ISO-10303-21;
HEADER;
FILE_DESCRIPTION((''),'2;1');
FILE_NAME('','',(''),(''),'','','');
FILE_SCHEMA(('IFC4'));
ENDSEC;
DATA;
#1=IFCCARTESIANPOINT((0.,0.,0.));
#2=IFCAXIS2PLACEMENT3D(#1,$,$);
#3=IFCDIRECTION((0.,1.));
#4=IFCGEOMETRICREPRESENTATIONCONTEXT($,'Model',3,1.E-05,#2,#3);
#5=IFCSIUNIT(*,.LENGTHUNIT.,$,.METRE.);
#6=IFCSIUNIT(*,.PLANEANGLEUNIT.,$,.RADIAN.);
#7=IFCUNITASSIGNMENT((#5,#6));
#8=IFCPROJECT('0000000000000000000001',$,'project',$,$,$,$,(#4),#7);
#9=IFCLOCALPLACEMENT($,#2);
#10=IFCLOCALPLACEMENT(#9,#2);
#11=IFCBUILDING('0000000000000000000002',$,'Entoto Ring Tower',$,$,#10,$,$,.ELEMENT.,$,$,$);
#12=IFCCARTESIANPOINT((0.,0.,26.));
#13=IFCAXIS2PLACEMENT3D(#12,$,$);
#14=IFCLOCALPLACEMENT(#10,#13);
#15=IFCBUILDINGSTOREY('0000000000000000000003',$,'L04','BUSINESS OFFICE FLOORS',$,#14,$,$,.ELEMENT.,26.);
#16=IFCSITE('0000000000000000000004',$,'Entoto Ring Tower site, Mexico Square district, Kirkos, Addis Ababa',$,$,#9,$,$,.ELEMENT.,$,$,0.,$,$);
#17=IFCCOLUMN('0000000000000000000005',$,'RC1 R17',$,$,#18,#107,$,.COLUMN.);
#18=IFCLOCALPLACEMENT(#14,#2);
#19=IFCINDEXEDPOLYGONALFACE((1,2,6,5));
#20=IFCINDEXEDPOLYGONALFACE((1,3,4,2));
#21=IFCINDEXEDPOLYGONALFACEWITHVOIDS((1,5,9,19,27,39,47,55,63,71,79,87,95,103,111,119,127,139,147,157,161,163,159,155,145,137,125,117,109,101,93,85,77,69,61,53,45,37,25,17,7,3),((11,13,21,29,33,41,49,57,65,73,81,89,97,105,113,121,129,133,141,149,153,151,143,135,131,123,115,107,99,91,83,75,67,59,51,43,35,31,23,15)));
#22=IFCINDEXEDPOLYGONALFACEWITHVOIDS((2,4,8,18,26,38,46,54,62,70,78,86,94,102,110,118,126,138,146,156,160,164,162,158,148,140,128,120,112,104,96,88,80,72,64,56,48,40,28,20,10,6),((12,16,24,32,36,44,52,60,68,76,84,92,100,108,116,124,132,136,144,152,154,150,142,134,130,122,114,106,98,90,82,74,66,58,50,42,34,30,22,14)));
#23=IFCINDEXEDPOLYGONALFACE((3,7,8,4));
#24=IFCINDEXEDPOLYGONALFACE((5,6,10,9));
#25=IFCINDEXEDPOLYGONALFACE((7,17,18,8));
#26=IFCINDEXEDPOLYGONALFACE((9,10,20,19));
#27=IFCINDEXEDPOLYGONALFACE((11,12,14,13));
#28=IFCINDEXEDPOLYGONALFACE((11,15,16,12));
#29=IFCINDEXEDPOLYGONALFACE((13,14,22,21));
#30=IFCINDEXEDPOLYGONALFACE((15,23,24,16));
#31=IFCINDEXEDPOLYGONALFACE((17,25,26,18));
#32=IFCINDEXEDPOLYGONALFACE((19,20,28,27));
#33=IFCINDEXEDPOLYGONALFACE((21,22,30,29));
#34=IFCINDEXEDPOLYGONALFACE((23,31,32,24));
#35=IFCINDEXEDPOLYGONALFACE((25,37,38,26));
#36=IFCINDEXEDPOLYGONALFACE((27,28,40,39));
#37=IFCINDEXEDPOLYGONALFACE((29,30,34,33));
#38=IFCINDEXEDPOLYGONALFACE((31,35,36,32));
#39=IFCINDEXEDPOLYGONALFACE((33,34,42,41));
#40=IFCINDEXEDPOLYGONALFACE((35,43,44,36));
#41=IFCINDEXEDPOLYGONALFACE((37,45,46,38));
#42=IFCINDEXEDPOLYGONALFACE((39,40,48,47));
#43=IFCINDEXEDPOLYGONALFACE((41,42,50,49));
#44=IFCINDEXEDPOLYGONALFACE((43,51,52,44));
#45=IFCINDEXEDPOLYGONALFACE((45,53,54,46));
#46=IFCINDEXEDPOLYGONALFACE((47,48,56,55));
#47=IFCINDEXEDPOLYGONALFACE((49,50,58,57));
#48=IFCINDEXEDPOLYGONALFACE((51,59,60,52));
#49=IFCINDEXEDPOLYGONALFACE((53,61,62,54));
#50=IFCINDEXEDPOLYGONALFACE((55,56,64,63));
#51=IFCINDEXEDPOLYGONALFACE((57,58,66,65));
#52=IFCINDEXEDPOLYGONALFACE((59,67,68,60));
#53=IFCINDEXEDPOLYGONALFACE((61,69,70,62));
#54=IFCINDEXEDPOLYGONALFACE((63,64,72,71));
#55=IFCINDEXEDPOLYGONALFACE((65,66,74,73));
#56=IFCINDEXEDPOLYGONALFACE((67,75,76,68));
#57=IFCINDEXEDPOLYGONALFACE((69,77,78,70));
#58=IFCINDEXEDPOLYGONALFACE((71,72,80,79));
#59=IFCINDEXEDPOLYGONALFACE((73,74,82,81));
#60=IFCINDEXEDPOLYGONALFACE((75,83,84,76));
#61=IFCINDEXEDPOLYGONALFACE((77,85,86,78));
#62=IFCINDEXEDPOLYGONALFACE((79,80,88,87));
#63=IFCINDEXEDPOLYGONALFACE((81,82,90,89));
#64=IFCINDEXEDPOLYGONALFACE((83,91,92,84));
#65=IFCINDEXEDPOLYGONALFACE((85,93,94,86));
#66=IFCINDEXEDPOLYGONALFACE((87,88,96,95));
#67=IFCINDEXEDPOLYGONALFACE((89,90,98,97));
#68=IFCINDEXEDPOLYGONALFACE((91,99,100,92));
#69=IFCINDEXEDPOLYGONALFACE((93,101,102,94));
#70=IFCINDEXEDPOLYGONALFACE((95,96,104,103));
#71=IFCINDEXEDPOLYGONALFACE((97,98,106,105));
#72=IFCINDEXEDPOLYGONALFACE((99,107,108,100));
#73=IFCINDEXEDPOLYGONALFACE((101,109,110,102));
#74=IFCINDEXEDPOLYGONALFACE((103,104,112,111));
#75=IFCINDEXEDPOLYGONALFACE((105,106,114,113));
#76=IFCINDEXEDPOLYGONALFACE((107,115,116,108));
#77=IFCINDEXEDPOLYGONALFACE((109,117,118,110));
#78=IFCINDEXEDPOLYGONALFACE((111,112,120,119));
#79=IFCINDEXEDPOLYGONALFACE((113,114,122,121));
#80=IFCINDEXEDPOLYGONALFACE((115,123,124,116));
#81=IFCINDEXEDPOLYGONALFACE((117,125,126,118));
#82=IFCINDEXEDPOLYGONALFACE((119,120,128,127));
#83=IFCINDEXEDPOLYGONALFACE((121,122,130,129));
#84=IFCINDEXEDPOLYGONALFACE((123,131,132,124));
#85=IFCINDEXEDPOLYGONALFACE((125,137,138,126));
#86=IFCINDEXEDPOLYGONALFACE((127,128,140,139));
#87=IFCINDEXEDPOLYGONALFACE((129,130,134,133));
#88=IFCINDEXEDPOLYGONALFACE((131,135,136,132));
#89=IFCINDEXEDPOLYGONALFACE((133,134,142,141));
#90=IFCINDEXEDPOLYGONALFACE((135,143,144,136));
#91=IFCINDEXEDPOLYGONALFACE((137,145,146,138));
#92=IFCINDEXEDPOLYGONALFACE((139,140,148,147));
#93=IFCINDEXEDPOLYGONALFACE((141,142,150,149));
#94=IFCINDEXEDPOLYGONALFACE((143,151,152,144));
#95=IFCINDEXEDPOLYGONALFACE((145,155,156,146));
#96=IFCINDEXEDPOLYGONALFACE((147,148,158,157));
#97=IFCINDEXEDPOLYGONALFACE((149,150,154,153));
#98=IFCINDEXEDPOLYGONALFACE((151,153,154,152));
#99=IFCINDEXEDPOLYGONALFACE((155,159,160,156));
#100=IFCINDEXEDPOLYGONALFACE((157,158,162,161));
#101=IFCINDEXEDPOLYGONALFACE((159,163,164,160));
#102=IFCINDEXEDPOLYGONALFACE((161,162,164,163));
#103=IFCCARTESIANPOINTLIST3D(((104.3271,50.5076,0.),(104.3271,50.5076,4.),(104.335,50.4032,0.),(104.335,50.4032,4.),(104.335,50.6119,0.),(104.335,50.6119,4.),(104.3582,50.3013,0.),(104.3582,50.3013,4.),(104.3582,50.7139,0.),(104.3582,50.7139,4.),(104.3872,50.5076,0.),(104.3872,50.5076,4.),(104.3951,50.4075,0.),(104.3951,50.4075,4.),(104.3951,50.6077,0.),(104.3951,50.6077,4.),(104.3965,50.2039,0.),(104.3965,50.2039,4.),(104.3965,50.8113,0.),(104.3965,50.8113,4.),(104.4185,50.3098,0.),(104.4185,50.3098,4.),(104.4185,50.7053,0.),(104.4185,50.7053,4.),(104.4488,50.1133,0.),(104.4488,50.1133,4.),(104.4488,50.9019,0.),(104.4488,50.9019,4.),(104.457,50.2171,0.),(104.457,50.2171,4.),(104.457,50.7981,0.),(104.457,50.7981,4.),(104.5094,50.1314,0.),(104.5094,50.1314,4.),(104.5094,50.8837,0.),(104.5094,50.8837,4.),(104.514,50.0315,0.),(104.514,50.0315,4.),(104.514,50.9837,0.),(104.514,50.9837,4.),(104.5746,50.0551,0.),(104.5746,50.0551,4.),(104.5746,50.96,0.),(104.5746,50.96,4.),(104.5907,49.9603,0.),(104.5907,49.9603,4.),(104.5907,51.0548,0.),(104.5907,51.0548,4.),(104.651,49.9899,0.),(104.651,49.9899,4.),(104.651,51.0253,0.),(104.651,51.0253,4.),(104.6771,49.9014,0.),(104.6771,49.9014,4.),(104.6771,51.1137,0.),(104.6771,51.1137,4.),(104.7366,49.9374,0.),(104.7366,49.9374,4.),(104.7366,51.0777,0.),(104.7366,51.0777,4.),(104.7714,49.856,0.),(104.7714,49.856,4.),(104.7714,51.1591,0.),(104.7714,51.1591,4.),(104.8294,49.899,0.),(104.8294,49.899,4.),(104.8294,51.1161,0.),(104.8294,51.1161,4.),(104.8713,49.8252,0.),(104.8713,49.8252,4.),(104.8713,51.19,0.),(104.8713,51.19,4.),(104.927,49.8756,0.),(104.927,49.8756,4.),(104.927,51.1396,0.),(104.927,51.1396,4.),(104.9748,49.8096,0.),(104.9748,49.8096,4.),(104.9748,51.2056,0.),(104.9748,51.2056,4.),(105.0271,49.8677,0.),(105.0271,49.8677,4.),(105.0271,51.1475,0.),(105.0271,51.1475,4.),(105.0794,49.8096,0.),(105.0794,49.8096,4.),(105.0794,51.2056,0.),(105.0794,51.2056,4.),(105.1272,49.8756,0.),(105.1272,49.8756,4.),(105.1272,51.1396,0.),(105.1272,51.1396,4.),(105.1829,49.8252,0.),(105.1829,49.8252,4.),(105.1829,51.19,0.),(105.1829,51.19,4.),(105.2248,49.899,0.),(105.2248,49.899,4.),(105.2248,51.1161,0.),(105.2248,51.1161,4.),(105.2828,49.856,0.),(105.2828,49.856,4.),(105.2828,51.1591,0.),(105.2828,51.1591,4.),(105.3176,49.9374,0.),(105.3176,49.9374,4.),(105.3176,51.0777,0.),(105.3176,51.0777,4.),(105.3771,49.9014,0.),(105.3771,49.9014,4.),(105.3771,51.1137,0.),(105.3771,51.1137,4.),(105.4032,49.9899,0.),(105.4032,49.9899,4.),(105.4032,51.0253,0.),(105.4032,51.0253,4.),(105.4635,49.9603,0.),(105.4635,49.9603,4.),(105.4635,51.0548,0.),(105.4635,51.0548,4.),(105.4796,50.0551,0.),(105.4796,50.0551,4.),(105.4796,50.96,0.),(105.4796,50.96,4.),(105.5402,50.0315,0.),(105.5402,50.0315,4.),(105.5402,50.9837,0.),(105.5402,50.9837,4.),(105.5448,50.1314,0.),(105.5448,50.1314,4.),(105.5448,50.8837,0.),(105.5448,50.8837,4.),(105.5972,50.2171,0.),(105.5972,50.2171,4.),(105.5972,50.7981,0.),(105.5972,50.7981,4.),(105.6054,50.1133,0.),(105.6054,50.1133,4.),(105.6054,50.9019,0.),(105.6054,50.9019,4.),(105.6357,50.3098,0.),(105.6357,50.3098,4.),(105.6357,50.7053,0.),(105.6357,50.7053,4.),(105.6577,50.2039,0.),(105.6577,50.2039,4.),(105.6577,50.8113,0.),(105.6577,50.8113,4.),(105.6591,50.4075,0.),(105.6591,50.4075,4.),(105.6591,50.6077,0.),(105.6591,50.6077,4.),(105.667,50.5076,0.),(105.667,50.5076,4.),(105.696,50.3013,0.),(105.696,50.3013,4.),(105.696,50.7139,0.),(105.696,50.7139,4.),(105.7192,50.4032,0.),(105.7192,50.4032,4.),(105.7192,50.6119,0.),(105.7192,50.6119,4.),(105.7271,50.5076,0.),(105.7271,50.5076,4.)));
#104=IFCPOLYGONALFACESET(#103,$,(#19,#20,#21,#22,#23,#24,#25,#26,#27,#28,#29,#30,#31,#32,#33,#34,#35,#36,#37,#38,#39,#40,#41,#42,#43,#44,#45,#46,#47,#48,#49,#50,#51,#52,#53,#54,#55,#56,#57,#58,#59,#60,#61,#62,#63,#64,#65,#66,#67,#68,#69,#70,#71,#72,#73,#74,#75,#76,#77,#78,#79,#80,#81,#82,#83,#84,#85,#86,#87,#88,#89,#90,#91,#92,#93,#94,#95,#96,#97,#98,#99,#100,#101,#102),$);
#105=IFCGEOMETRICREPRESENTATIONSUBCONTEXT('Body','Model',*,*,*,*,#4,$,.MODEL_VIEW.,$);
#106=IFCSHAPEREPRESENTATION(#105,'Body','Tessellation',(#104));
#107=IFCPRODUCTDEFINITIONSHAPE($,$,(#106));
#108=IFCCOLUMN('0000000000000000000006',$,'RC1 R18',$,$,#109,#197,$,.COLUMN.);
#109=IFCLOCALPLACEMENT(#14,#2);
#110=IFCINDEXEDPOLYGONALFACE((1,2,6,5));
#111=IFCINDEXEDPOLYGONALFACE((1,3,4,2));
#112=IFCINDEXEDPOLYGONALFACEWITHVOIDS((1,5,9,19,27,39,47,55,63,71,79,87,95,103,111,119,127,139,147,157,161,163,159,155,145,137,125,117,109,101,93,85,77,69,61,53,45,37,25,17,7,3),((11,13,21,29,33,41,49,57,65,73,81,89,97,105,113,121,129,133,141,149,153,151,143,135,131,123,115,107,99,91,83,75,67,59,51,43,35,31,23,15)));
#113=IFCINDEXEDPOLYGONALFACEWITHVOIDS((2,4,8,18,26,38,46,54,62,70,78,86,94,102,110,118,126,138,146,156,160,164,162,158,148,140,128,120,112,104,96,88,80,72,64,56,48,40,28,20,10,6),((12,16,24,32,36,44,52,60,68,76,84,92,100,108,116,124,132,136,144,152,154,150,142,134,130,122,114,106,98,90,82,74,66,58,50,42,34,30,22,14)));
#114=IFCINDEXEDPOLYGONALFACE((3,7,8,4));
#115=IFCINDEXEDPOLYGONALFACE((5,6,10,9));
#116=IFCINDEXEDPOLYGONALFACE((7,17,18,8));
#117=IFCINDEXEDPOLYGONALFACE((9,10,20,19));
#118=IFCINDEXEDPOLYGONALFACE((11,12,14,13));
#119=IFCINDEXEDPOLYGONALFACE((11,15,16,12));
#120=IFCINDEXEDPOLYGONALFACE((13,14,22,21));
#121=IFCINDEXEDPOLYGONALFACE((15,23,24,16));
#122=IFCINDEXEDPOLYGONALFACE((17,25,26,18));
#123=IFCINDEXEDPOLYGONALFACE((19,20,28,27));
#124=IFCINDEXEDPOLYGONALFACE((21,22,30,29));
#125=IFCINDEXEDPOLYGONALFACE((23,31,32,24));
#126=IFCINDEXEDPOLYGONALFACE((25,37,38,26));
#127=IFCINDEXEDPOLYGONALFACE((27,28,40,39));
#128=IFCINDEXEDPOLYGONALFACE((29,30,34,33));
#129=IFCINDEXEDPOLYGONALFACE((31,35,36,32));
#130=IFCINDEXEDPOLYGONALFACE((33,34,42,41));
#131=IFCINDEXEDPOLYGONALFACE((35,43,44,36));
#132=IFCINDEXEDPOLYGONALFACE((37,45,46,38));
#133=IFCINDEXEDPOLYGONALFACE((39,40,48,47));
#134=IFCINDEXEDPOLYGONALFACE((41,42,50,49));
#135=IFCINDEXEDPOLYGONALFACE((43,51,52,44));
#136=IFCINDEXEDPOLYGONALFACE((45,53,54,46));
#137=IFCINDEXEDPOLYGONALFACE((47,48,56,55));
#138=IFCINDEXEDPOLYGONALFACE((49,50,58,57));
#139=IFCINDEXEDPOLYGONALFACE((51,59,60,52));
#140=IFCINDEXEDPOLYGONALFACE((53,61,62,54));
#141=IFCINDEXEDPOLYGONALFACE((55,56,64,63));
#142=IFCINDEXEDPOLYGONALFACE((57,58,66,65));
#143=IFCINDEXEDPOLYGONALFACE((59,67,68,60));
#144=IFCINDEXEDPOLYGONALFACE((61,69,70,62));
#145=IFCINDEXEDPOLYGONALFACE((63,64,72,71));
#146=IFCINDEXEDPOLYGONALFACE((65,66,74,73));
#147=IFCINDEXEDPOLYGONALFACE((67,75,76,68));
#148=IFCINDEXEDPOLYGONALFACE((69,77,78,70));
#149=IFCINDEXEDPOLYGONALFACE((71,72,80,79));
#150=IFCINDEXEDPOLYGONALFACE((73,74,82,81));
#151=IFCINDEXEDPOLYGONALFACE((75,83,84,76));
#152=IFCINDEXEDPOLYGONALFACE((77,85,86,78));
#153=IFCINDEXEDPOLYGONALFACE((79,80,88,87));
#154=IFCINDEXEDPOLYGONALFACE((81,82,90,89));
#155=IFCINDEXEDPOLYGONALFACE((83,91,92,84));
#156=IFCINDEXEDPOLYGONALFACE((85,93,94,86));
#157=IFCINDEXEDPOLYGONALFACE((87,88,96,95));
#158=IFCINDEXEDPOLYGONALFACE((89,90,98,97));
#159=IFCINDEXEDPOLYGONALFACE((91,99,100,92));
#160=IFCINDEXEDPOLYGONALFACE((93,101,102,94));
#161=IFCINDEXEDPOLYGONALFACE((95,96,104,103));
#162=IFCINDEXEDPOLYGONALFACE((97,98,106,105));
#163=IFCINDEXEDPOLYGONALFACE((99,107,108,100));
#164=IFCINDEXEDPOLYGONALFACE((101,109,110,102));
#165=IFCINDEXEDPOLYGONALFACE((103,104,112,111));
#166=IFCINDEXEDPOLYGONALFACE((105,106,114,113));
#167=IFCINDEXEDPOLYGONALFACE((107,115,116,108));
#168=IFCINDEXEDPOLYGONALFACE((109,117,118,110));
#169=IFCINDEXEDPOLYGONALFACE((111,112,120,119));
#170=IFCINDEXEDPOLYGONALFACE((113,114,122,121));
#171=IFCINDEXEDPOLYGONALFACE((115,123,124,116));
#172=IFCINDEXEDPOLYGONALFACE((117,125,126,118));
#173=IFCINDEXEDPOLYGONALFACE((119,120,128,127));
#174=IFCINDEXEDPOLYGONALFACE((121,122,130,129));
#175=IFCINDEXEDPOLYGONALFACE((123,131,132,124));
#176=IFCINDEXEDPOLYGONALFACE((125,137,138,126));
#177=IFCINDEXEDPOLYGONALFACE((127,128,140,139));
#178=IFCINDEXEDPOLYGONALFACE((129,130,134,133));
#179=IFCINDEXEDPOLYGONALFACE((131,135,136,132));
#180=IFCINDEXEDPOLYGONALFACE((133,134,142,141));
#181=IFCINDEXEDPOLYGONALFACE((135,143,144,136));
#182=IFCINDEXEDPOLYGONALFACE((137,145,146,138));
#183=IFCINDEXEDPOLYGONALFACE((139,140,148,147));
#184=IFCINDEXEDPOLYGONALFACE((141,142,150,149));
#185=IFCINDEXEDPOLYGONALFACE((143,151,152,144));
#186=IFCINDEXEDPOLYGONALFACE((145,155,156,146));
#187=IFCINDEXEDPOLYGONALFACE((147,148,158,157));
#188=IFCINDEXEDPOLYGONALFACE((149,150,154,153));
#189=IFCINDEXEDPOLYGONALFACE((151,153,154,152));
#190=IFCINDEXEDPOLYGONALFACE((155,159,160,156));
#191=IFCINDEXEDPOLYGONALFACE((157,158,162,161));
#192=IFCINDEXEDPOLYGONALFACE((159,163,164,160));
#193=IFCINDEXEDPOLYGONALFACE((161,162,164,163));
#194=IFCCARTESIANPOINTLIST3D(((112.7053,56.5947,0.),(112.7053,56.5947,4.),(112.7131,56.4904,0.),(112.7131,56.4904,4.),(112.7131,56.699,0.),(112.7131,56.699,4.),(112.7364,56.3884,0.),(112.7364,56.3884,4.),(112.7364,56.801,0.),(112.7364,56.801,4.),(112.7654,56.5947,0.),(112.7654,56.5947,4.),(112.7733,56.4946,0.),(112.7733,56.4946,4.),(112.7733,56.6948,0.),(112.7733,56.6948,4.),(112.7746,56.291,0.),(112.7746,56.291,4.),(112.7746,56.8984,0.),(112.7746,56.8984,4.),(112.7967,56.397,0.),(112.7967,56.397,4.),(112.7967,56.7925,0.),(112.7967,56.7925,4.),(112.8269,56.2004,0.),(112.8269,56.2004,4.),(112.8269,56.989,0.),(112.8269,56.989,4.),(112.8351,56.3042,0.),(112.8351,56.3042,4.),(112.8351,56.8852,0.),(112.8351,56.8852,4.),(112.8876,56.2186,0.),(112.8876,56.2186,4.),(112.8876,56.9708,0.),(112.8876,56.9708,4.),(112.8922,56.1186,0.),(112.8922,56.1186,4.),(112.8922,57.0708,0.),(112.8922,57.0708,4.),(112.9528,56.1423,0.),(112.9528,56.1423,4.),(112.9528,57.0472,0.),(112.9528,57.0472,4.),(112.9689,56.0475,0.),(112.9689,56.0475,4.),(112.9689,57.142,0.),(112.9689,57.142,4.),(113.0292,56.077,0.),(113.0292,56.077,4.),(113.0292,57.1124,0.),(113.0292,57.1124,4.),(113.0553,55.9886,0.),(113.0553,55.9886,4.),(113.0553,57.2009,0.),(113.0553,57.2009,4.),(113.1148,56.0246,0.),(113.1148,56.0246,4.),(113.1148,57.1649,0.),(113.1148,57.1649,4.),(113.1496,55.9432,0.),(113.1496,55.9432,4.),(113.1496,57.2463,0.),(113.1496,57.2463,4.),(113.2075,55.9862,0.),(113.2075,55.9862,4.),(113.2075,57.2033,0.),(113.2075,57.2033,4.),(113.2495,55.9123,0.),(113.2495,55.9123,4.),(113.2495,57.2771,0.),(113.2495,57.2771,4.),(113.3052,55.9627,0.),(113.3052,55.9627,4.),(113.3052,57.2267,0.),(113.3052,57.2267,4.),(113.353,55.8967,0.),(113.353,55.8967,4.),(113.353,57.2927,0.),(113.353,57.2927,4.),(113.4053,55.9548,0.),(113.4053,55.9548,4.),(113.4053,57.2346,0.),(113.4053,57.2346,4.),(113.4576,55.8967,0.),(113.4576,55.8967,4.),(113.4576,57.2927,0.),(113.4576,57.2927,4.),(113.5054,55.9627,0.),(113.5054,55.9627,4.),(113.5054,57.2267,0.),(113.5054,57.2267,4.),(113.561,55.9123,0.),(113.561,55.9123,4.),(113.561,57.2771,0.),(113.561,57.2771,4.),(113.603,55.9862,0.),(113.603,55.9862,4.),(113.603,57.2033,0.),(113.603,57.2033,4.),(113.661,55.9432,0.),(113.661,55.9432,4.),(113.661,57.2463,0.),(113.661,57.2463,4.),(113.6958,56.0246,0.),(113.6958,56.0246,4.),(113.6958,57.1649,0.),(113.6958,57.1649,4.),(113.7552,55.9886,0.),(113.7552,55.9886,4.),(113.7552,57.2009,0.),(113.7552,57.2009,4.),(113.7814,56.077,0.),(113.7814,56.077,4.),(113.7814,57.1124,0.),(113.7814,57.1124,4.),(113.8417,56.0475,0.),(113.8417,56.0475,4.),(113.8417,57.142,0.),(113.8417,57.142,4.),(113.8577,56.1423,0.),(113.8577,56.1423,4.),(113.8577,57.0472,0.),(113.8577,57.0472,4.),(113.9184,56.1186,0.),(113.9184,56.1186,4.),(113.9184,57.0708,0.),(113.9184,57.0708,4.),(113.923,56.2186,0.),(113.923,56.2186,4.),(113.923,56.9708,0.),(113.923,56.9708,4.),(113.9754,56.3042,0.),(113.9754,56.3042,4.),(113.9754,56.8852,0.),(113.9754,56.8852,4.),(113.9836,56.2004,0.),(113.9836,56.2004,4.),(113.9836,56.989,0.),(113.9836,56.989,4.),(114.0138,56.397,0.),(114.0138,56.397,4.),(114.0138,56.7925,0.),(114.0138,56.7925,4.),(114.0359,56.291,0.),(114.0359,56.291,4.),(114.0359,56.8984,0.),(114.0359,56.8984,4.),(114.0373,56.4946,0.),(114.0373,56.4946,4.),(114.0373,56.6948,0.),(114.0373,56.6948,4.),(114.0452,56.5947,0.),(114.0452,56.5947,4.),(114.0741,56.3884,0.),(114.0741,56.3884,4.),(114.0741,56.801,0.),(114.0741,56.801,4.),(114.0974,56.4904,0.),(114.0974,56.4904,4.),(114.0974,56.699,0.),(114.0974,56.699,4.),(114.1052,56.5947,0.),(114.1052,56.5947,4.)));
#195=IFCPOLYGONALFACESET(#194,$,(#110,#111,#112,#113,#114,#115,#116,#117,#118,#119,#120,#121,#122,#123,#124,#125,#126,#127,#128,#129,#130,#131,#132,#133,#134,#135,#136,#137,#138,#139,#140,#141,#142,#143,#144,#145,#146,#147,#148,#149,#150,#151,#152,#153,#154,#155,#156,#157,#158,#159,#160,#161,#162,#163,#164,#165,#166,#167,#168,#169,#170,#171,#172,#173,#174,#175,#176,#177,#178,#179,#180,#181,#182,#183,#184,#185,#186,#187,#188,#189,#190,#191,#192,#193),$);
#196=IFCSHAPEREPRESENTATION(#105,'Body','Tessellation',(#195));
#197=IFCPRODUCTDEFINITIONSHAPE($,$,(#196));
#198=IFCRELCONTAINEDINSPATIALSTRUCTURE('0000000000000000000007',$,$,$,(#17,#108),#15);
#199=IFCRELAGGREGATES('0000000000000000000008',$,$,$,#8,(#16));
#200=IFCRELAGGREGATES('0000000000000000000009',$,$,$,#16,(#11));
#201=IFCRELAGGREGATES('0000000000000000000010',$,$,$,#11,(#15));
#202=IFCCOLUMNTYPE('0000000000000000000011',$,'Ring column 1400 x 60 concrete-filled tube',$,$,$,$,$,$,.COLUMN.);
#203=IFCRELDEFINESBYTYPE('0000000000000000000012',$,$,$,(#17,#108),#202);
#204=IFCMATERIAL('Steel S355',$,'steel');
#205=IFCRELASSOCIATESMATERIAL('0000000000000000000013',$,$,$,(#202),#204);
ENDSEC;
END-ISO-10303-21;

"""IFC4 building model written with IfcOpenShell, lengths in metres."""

from ifc_helpers import new_model, si_unit, direction, frame, origin, origin_2d, place, context, subcontext, project, spatial, circle, hollow_circle, extrude, material, material_profile, profile_set, type_object, element, save


model = new_model("IFC4")

# Units and contexts
model_context = context("Model", 3, precision=1e-05, world=origin(), true_north=direction((0.0, 1.0)))
body_context = subcontext(model_context, "Body", "Model", "MODEL_VIEW")
ifc_project = project(units=[si_unit("LENGTHUNIT", "METRE"), si_unit("PLANEANGLEUNIT", "RADIAN")], contexts=[model_context])

# Site, building, storey
site_placement = place(None, origin())
site = spatial("IfcSite", under=ifc_project, at=site_placement, Name="Entoto Ring Tower site, Mexico Square district, Kirkos, Addis Ababa", CompositionType="ELEMENT", RefElevation=0.0)
building_placement = place(site_placement, origin())
building = spatial("IfcBuilding", under=site, at=building_placement, Name="Entoto Ring Tower", CompositionType="ELEMENT")
storey_placement = place(building_placement, frame((0.0, 0.0, 26.0)))
storey = spatial("IfcBuildingStorey", under=building, at=storey_placement, Name="L04", Description="BUSINESS OFFICE FLOORS", CompositionType="ELEMENT", Elevation=26.0)

# Columns
ifc_material_1 = material(Name="Steel S355", Category="steel")
ifc_material_profile_1 = material_profile(ifc_material_1, hollow_circle(Radius=0.7, WallThickness=0.0601, at=origin_2d()), Name="CHS 1400 x 60")
ifc_material_2 = material(Name="Concrete C60/75", Category="concrete")
ifc_material_profile_2 = material_profile(ifc_material_2, circle(Radius=0.6399, at=origin_2d()), Name="Concrete C60/75 infill")
ifc_profile_set_1 = profile_set([ifc_material_profile_1, ifc_material_profile_2], Name="Steel S355")
column_type = type_object("IfcColumnType", Name="Ring column 1400 x 60 concrete-filled tube", PredefinedType="COLUMN", material=ifc_profile_set_1)
for number, where, z_axis, x_axis, name in (
    (1, (105.0271, 50.5076, 0.0), (0.0, 0.0, 1.0), (1.0, 0.0, 0.0), "RC1 R17"),
    (2, (113.4053, 56.5947, 0.0), (0.0, 0.0, 1.0), (1.0, 0.0, 0.0), "RC1 R18"),
):
    element("IfcColumn", number, at=place(storey_placement, frame(where, z_axis=z_axis, x_axis=x_axis)), inside=storey, type_object=column_type, Name=name, PredefinedType="COLUMN", context=body_context, shape_type="SweptSolid", body=[
        extrude(hollow_circle(Radius=0.7, WallThickness=0.0601, at=origin_2d()), origin(), (0.0, 0.0, 1.0), 4.0),
    ])

save(model, "model.ifc")
